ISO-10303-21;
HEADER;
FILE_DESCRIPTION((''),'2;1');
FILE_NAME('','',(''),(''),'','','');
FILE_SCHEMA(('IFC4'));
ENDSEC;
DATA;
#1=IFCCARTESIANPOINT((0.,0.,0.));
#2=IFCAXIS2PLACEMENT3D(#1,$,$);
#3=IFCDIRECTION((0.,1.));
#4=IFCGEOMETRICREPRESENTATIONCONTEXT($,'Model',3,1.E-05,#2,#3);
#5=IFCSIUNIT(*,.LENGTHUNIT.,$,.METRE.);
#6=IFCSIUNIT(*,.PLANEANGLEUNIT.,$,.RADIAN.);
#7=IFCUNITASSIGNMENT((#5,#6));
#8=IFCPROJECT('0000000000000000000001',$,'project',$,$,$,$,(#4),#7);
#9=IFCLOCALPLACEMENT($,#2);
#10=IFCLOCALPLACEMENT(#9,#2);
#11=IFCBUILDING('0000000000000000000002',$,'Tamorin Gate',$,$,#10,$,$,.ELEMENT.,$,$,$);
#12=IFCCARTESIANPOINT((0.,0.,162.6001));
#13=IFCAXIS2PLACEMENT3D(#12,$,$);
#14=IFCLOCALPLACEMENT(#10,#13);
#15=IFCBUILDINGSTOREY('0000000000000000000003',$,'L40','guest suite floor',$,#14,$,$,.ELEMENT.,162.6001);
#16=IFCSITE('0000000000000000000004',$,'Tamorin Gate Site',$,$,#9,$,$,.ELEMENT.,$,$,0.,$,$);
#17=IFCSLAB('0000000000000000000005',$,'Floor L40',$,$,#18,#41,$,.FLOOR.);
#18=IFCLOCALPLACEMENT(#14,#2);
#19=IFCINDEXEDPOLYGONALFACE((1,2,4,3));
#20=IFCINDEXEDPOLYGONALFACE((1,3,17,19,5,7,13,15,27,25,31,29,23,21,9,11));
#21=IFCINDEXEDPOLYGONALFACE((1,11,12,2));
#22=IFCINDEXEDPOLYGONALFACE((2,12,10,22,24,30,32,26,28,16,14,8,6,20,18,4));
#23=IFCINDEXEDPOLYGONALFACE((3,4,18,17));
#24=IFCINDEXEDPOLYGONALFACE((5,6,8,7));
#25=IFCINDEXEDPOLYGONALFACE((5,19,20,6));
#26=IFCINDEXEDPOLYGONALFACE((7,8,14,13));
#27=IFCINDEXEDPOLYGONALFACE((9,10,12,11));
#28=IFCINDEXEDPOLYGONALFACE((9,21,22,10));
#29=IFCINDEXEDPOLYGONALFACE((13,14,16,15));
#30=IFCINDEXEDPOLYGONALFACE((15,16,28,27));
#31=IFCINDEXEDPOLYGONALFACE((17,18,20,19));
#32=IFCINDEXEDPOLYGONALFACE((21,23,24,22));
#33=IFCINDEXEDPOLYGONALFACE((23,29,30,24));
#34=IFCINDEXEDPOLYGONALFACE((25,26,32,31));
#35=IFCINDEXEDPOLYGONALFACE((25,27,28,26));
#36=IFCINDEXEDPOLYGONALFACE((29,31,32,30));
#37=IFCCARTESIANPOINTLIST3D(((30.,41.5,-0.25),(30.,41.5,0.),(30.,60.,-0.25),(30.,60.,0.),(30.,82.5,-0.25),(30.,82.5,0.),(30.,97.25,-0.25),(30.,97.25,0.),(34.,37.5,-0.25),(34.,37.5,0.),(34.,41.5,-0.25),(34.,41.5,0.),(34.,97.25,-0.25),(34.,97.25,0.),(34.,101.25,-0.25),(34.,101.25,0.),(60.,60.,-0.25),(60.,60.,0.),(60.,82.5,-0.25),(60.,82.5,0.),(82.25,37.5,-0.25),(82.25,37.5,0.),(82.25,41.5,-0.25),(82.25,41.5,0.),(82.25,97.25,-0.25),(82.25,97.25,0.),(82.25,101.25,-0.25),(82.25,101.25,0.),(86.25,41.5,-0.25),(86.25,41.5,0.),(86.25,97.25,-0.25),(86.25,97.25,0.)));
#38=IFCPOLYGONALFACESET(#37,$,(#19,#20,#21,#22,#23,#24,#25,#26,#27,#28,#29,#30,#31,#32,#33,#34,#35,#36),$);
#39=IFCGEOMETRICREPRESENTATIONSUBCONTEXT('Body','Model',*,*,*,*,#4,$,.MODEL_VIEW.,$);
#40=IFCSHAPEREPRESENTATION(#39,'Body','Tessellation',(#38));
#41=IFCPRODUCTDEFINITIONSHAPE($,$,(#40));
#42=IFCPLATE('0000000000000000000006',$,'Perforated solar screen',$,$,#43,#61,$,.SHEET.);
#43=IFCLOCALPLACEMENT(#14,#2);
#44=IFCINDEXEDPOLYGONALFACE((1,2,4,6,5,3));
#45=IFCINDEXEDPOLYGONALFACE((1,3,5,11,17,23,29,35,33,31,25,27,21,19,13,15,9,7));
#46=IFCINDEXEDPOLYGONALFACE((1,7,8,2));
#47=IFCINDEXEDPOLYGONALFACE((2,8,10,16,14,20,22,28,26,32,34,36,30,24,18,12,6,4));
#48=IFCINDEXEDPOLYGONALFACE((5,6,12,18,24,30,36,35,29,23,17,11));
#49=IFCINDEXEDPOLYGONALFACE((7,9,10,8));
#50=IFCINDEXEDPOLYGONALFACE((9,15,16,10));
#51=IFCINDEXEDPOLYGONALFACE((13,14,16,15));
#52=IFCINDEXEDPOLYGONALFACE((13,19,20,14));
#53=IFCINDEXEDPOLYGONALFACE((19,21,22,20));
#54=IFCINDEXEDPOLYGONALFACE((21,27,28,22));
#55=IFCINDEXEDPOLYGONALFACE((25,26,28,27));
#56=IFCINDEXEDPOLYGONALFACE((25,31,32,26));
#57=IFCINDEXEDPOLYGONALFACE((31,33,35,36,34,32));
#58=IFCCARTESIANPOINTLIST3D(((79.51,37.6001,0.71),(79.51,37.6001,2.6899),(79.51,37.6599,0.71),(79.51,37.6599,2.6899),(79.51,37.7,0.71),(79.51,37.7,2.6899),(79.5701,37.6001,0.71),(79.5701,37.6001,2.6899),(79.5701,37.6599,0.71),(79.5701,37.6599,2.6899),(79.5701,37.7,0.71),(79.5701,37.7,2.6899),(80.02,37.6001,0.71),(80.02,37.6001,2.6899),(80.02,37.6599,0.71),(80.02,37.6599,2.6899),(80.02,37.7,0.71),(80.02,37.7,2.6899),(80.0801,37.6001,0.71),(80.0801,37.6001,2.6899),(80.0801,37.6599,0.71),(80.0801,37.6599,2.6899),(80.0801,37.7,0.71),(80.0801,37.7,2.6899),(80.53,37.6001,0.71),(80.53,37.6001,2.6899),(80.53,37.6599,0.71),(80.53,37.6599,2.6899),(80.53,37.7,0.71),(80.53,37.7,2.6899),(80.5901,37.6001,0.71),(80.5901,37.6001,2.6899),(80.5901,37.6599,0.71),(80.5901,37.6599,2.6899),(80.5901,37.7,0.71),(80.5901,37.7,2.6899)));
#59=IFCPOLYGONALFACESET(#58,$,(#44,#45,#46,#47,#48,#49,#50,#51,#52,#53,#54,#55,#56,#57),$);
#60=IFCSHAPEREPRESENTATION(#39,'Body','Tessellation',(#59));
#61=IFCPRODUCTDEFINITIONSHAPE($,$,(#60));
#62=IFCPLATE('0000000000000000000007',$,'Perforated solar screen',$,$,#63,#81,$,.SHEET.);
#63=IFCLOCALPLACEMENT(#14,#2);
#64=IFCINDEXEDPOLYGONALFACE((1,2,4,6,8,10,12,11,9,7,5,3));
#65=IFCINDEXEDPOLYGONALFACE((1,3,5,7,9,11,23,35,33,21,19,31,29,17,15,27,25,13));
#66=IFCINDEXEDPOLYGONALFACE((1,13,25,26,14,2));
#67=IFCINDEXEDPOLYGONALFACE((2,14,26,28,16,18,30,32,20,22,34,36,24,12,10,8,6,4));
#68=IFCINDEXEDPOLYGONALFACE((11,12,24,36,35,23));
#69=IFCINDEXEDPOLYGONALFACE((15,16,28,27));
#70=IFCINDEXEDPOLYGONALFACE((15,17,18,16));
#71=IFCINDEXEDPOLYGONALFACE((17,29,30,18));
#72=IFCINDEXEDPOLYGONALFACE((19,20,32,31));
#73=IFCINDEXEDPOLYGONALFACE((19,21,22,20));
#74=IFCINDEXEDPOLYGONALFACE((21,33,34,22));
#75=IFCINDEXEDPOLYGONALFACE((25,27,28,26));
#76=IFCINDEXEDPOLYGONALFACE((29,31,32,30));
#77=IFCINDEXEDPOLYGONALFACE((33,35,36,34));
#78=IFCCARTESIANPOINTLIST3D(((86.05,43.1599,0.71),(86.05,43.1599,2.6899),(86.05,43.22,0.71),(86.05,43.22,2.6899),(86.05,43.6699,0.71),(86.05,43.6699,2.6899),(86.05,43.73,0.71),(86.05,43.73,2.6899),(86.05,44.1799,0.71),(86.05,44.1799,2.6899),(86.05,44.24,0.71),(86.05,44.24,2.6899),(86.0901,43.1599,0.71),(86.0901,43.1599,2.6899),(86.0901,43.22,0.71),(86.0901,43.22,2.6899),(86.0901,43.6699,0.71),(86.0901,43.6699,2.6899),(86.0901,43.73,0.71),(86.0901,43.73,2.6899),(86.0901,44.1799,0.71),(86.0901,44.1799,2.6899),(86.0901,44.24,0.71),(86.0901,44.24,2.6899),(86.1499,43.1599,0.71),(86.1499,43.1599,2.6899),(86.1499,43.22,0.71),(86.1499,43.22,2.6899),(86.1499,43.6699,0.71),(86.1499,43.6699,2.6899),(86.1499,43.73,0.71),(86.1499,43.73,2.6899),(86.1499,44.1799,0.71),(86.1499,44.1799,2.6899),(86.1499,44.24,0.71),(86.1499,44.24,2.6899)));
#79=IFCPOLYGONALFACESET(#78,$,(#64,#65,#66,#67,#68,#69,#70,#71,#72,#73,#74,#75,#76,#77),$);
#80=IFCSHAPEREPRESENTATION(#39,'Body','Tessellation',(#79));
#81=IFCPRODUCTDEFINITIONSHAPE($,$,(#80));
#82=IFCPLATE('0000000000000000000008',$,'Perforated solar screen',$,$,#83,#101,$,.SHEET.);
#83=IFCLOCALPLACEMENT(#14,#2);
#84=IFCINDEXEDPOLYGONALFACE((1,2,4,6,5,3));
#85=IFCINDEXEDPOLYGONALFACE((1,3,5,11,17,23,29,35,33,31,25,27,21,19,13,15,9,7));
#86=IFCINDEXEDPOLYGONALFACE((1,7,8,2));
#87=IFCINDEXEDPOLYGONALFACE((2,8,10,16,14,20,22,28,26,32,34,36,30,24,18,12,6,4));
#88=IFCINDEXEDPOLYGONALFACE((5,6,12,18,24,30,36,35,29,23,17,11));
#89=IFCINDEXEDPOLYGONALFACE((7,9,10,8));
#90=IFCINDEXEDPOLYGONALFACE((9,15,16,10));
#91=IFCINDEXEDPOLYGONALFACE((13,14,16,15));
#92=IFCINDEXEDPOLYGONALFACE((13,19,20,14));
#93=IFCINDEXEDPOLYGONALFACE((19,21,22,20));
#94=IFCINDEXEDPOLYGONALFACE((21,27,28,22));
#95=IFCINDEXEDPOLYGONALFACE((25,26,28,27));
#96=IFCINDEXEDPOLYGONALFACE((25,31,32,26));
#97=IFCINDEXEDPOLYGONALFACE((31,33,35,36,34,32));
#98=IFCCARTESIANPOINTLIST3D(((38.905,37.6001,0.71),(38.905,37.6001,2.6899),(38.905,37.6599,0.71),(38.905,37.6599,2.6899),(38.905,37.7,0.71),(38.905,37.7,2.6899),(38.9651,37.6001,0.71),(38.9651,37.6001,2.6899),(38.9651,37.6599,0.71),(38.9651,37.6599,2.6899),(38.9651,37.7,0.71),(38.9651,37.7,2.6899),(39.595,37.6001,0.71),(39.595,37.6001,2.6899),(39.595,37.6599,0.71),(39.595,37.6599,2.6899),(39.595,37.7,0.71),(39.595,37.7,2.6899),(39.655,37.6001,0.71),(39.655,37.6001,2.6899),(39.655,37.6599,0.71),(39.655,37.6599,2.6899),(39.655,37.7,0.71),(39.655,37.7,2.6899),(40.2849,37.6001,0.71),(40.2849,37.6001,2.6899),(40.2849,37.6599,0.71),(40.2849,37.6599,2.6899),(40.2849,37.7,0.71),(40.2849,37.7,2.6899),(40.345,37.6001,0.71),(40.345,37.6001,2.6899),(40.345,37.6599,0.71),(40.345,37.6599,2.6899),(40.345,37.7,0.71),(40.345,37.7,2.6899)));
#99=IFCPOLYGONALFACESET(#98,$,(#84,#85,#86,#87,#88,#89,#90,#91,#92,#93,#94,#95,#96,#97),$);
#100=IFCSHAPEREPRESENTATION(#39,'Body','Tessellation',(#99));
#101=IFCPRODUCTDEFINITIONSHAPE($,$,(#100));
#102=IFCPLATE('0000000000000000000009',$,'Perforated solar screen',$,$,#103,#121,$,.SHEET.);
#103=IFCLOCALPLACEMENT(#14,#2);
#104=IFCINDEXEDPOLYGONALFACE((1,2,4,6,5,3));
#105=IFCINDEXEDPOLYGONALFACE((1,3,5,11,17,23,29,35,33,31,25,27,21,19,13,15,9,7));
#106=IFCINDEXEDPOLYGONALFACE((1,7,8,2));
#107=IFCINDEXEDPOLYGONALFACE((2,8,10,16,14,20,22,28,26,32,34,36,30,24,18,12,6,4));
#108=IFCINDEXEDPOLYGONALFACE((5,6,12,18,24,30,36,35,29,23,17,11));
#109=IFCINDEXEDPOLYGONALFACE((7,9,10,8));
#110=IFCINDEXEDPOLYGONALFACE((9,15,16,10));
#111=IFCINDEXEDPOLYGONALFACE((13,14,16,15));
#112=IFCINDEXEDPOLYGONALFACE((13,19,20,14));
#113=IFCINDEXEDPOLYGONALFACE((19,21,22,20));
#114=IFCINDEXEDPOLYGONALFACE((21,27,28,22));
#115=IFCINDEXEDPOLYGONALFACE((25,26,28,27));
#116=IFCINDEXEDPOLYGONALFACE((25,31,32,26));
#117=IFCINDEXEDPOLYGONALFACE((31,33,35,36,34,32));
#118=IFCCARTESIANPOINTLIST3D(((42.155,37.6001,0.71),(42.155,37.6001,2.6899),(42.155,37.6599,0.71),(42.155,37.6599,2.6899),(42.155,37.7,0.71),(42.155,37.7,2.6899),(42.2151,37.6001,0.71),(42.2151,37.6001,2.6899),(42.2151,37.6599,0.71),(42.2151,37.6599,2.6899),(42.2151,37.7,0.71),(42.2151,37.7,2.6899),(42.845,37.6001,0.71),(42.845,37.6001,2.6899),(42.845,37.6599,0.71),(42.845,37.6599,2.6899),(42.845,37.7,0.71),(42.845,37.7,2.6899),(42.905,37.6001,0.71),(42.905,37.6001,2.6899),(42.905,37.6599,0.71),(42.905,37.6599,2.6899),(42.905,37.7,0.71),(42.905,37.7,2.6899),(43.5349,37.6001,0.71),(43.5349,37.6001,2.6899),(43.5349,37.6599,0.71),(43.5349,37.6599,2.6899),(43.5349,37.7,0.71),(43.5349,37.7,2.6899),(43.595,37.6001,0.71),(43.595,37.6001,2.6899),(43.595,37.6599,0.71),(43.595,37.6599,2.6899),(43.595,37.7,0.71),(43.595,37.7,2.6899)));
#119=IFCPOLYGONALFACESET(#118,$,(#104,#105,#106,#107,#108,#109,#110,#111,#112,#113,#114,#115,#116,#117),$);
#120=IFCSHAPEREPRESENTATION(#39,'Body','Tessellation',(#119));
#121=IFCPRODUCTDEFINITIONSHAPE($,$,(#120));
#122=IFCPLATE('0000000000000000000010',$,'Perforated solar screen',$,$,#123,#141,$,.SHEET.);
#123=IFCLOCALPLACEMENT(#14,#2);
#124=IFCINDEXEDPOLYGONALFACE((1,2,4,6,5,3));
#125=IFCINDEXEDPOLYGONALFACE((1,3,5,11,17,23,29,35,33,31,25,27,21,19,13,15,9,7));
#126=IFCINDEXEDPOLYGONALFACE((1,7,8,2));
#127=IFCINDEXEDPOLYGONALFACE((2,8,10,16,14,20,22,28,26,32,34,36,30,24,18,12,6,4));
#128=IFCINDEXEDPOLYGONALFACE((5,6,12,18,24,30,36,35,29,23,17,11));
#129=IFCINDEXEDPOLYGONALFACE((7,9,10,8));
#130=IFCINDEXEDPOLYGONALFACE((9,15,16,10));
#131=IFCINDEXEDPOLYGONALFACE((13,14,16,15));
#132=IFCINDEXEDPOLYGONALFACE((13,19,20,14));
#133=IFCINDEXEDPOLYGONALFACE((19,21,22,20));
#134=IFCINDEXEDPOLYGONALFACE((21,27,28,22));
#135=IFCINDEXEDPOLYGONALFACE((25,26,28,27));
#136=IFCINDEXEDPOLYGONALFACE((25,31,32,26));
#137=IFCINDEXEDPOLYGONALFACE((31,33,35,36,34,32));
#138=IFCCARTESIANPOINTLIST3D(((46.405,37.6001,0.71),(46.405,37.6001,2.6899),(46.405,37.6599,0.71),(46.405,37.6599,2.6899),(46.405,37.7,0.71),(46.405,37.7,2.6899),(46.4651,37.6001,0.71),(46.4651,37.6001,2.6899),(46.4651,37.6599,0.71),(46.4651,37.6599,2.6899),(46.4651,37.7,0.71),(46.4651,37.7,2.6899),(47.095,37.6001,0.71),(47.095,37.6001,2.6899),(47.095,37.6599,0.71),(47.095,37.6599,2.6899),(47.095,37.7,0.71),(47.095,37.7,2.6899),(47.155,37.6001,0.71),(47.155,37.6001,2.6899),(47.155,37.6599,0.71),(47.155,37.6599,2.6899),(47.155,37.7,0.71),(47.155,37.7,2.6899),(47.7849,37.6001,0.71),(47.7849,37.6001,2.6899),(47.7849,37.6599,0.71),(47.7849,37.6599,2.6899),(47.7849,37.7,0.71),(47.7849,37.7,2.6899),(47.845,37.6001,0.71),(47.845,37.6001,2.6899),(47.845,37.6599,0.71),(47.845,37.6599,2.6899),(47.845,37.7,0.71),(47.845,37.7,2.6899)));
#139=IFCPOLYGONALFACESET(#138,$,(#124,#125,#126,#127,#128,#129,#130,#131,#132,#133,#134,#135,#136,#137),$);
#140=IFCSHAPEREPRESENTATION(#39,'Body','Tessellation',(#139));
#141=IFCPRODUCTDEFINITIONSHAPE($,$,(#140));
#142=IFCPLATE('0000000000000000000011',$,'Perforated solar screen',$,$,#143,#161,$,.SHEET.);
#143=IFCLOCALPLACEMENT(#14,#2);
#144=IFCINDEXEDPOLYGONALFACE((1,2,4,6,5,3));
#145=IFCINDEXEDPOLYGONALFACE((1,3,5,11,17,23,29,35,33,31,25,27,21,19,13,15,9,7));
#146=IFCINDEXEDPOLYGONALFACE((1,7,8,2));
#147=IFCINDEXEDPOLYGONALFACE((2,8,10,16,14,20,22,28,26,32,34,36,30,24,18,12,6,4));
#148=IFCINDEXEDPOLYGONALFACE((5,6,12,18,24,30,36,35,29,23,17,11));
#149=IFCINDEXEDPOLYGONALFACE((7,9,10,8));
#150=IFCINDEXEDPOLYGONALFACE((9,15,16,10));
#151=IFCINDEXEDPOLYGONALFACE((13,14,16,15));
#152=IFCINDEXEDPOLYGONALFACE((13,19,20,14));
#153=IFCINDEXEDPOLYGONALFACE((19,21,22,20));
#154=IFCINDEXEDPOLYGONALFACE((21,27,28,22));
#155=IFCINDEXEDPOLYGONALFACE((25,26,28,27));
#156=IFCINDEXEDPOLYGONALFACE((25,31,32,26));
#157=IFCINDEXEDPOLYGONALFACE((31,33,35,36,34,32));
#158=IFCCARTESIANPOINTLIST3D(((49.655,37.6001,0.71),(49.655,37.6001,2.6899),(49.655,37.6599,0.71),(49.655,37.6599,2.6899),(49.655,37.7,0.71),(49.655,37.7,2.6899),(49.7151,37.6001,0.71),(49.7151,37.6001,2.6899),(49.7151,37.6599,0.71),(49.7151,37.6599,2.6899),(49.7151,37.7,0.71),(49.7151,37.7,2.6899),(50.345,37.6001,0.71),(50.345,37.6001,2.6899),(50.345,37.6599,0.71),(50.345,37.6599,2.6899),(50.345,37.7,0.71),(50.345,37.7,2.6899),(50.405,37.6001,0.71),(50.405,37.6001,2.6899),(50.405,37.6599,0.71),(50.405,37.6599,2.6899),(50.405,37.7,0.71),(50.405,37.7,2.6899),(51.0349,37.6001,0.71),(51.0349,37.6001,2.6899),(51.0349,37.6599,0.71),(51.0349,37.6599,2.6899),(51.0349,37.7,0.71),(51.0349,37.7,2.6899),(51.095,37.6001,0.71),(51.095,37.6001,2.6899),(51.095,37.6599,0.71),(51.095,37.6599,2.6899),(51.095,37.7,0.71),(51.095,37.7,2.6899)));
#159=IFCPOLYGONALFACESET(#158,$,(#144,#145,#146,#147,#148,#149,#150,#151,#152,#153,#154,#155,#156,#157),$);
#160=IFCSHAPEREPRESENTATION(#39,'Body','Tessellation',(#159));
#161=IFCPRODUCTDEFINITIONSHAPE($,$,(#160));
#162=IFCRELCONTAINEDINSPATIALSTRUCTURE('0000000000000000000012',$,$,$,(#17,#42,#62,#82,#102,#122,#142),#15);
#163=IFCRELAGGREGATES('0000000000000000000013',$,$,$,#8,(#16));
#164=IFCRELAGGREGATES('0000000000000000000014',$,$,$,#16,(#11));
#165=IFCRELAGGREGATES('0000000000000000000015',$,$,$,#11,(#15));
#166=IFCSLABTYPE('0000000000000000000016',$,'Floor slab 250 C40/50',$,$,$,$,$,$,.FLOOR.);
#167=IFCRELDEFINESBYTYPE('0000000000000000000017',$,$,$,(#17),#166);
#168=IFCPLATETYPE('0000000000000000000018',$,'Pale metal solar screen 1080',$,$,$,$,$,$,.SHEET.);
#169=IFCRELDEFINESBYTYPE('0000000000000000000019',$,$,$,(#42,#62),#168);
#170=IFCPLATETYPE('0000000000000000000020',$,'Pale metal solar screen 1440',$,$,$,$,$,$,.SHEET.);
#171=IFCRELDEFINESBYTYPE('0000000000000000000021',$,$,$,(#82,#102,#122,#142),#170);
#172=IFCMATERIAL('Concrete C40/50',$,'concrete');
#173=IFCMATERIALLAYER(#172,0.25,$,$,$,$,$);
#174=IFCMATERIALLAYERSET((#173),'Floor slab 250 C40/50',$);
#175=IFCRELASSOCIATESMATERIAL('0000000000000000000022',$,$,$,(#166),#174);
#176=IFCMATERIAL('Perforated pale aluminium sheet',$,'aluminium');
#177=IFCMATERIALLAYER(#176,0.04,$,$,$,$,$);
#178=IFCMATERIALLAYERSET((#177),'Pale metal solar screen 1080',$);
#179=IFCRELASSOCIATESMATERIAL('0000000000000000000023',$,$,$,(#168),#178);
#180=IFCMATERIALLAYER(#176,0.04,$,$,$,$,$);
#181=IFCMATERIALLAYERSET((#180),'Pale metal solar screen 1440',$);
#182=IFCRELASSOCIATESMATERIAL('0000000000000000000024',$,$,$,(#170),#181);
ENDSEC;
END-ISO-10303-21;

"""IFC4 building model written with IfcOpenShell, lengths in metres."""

from ifc_helpers import new_model, si_unit, direction, frame, origin, place, context, subcontext, project, spatial, polyline, outline, extrude, material, layer, layer_set, type_object, element, save


model = new_model("IFC4")

# Units and contexts
model_context = context("Model", 3, precision=1e-05, world=origin(), true_north=direction((0.0, 1.0)))
body_context = subcontext(model_context, "Body", "Model", "MODEL_VIEW")
ifc_project = project(units=[si_unit("LENGTHUNIT", "METRE"), si_unit("PLANEANGLEUNIT", "RADIAN")], contexts=[model_context])

# Site, building, storey
site_placement = place(None, origin())
site = spatial("IfcSite", under=ifc_project, at=site_placement, Name="Tamorin Gate Site", CompositionType="ELEMENT", RefElevation=0.0)
building_placement = place(site_placement, origin())
building = spatial("IfcBuilding", under=site, at=building_placement, Name="Tamorin Gate", CompositionType="ELEMENT")
storey_placement = place(building_placement, frame((0.0, 0.0, 162.6001)))
storey = spatial("IfcBuildingStorey", under=building, at=storey_placement, Name="L40", Description="guest suite floor", CompositionType="ELEMENT", Elevation=162.6001)

# Slab
ifc_material_1 = material(Name="Concrete C40/50", Category="concrete")
ifc_layer_1 = layer(ifc_material_1, 0.25)
ifc_layer_set_1 = layer_set([ifc_layer_1], Name="Floor slab 250 C40/50")
slab_type = type_object("IfcSlabType", Name="Floor slab 250 C40/50", PredefinedType="FLOOR", material=ifc_layer_set_1)
slab_placement = place(storey_placement, frame((0.0, 0.0, -0.25)))
element("IfcSlab", 1, at=slab_placement, inside=storey, type_object=slab_type, Name="Floor L40", PredefinedType="FLOOR", context=body_context, shape_type="SweptSolid", body=[
    extrude(outline(polyline([(30.0, 97.25), (34.0, 97.25), (34.0, 101.25), (82.25, 101.25), (82.25, 97.25), (86.25, 97.25), (86.25, 41.5), (82.25, 41.5), (82.25, 37.5), (34.0, 37.5), (34.0, 41.5), (30.0, 41.5), (30.0, 60.0), (60.0, 60.0), (60.0, 82.5), (30.0, 82.5), (30.0, 97.25)])), origin(), (0.0, 0.0, 1.0), 0.25),
])

# Plates
ifc_material_2 = material(Name="Perforated pale aluminium sheet", Category="aluminium")
ifc_layer_2 = layer(ifc_material_2, 0.04)
ifc_layer_set_2 = layer_set([ifc_layer_2], Name="Pale metal solar screen 1080")
plate_type_1 = type_object("IfcPlateType", Name="Pale metal solar screen 1080", PredefinedType="SHEET", material=ifc_layer_set_2)
plate_1_placement = place(storey_placement, frame((0.0, 0.0, 0.71)))
element("IfcPlate", 2, at=plate_1_placement, inside=storey, type_object=plate_type_1, Name="Perforated solar screen", PredefinedType="SHEET", context=body_context, shape_type="SweptSolid", body=[
    extrude(outline(polyline([(79.51, 37.6599), (79.51, 37.7), (79.5701, 37.7), (80.02, 37.7), (80.0801, 37.7), (80.53, 37.7), (80.5901, 37.7), (80.5901, 37.6599), (80.5901, 37.6001), (80.53, 37.6001), (80.53, 37.6599), (80.0801, 37.6599), (80.0801, 37.6001), (80.02, 37.6001), (80.02, 37.6599), (79.5701, 37.6599), (79.5701, 37.6001), (79.51, 37.6001), (79.51, 37.6599)])), origin(), (0.0, 0.0, 1.0), 1.98),
])
plate_2_placement = place(storey_placement, frame((0.0, 0.0, 0.71)))
element("IfcPlate", 3, at=plate_2_placement, inside=storey, type_object=plate_type_1, Name="Perforated solar screen", PredefinedType="SHEET", context=body_context, shape_type="SweptSolid", body=[
    extrude(outline(polyline([(86.0901, 43.1599), (86.05, 43.1599), (86.05, 43.22), (86.05, 43.6699), (86.05, 43.73), (86.05, 44.1799), (86.05, 44.24), (86.0901, 44.24), (86.1499, 44.24), (86.1499, 44.1799), (86.0901, 44.1799), (86.0901, 43.73), (86.1499, 43.73), (86.1499, 43.6699), (86.0901, 43.6699), (86.0901, 43.22), (86.1499, 43.22), (86.1499, 43.1599), (86.0901, 43.1599)])), origin(), (0.0, 0.0, 1.0), 1.98),
])
ifc_layer_3 = layer(ifc_material_2, 0.04)
ifc_layer_set_3 = layer_set([ifc_layer_3], Name="Pale metal solar screen 1440")
plate_type_2 = type_object("IfcPlateType", Name="Pale metal solar screen 1440", PredefinedType="SHEET", material=ifc_layer_set_3)
plate_3_placement = place(storey_placement, frame((0.0, 0.0, 0.71)))
element("IfcPlate", 4, at=plate_3_placement, inside=storey, type_object=plate_type_2, Name="Perforated solar screen", PredefinedType="SHEET", context=body_context, shape_type="SweptSolid", body=[
    extrude(outline(polyline([(38.905, 37.6599), (38.905, 37.7), (38.9651, 37.7), (39.595, 37.7), (39.655, 37.7), (40.2849, 37.7), (40.345, 37.7), (40.345, 37.7), (40.345, 37.6599), (40.345, 37.6599), (40.345, 37.6001), (40.2849, 37.6001), (40.2849, 37.6599), (39.655, 37.6599), (39.655, 37.6001), (39.595, 37.6001), (39.595, 37.6599), (38.9651, 37.6599), (38.9651, 37.6001), (38.905, 37.6001), (38.905, 37.6599)])), origin(), (0.0, 0.0, 1.0), 1.98),
])
plate_4_placement = place(storey_placement, frame((0.0, 0.0, 0.71)))
element("IfcPlate", 5, at=plate_4_placement, inside=storey, type_object=plate_type_2, Name="Perforated solar screen", PredefinedType="SHEET", context=body_context, shape_type="SweptSolid", body=[
    extrude(outline(polyline([(42.155, 37.6599), (42.155, 37.7), (42.2151, 37.7), (42.845, 37.7), (42.905, 37.7), (43.5349, 37.7), (43.595, 37.7), (43.595, 37.6599), (43.595, 37.6001), (43.5349, 37.6001), (43.5349, 37.6599), (42.905, 37.6599), (42.905, 37.6001), (42.845, 37.6001), (42.845, 37.6599), (42.2151, 37.6599), (42.2151, 37.6001), (42.155, 37.6001), (42.155, 37.6599)])), origin(), (0.0, 0.0, 1.0), 1.98),
])
plate_5_placement = place(storey_placement, frame((0.0, 0.0, 0.71)))
element("IfcPlate", 6, at=plate_5_placement, inside=storey, type_object=plate_type_2, Name="Perforated solar screen", PredefinedType="SHEET", context=body_context, shape_type="SweptSolid", body=[
    extrude(outline(polyline([(46.405, 37.6599), (46.405, 37.7), (46.4651, 37.7), (47.095, 37.7), (47.155, 37.7), (47.7849, 37.7), (47.845, 37.7), (47.845, 37.6599), (47.845, 37.6001), (47.7849, 37.6001), (47.7849, 37.6599), (47.155, 37.6599), (47.155, 37.6001), (47.095, 37.6001), (47.095, 37.6599), (46.4651, 37.6599), (46.4651, 37.6001), (46.405, 37.6001), (46.405, 37.6599)])), origin(), (0.0, 0.0, 1.0), 1.98),
])
plate_6_placement = place(storey_placement, frame((0.0, 0.0, 0.71)))
element("IfcPlate", 7, at=plate_6_placement, inside=storey, type_object=plate_type_2, Name="Perforated solar screen", PredefinedType="SHEET", context=body_context, shape_type="SweptSolid", body=[
    extrude(outline(polyline([(49.655, 37.6599), (49.655, 37.7), (49.7151, 37.7), (50.345, 37.7), (50.405, 37.7), (51.0349, 37.7), (51.095, 37.7), (51.095, 37.6599), (51.095, 37.6001), (51.0349, 37.6001), (51.0349, 37.6599), (50.405, 37.6599), (50.405, 37.6001), (50.345, 37.6001), (50.345, 37.6599), (49.7151, 37.6599), (49.7151, 37.6001), (49.655, 37.6001), (49.655, 37.6599)])), origin(), (0.0, 0.0, 1.0), 1.98),
])

save(model, "model.ifc")
